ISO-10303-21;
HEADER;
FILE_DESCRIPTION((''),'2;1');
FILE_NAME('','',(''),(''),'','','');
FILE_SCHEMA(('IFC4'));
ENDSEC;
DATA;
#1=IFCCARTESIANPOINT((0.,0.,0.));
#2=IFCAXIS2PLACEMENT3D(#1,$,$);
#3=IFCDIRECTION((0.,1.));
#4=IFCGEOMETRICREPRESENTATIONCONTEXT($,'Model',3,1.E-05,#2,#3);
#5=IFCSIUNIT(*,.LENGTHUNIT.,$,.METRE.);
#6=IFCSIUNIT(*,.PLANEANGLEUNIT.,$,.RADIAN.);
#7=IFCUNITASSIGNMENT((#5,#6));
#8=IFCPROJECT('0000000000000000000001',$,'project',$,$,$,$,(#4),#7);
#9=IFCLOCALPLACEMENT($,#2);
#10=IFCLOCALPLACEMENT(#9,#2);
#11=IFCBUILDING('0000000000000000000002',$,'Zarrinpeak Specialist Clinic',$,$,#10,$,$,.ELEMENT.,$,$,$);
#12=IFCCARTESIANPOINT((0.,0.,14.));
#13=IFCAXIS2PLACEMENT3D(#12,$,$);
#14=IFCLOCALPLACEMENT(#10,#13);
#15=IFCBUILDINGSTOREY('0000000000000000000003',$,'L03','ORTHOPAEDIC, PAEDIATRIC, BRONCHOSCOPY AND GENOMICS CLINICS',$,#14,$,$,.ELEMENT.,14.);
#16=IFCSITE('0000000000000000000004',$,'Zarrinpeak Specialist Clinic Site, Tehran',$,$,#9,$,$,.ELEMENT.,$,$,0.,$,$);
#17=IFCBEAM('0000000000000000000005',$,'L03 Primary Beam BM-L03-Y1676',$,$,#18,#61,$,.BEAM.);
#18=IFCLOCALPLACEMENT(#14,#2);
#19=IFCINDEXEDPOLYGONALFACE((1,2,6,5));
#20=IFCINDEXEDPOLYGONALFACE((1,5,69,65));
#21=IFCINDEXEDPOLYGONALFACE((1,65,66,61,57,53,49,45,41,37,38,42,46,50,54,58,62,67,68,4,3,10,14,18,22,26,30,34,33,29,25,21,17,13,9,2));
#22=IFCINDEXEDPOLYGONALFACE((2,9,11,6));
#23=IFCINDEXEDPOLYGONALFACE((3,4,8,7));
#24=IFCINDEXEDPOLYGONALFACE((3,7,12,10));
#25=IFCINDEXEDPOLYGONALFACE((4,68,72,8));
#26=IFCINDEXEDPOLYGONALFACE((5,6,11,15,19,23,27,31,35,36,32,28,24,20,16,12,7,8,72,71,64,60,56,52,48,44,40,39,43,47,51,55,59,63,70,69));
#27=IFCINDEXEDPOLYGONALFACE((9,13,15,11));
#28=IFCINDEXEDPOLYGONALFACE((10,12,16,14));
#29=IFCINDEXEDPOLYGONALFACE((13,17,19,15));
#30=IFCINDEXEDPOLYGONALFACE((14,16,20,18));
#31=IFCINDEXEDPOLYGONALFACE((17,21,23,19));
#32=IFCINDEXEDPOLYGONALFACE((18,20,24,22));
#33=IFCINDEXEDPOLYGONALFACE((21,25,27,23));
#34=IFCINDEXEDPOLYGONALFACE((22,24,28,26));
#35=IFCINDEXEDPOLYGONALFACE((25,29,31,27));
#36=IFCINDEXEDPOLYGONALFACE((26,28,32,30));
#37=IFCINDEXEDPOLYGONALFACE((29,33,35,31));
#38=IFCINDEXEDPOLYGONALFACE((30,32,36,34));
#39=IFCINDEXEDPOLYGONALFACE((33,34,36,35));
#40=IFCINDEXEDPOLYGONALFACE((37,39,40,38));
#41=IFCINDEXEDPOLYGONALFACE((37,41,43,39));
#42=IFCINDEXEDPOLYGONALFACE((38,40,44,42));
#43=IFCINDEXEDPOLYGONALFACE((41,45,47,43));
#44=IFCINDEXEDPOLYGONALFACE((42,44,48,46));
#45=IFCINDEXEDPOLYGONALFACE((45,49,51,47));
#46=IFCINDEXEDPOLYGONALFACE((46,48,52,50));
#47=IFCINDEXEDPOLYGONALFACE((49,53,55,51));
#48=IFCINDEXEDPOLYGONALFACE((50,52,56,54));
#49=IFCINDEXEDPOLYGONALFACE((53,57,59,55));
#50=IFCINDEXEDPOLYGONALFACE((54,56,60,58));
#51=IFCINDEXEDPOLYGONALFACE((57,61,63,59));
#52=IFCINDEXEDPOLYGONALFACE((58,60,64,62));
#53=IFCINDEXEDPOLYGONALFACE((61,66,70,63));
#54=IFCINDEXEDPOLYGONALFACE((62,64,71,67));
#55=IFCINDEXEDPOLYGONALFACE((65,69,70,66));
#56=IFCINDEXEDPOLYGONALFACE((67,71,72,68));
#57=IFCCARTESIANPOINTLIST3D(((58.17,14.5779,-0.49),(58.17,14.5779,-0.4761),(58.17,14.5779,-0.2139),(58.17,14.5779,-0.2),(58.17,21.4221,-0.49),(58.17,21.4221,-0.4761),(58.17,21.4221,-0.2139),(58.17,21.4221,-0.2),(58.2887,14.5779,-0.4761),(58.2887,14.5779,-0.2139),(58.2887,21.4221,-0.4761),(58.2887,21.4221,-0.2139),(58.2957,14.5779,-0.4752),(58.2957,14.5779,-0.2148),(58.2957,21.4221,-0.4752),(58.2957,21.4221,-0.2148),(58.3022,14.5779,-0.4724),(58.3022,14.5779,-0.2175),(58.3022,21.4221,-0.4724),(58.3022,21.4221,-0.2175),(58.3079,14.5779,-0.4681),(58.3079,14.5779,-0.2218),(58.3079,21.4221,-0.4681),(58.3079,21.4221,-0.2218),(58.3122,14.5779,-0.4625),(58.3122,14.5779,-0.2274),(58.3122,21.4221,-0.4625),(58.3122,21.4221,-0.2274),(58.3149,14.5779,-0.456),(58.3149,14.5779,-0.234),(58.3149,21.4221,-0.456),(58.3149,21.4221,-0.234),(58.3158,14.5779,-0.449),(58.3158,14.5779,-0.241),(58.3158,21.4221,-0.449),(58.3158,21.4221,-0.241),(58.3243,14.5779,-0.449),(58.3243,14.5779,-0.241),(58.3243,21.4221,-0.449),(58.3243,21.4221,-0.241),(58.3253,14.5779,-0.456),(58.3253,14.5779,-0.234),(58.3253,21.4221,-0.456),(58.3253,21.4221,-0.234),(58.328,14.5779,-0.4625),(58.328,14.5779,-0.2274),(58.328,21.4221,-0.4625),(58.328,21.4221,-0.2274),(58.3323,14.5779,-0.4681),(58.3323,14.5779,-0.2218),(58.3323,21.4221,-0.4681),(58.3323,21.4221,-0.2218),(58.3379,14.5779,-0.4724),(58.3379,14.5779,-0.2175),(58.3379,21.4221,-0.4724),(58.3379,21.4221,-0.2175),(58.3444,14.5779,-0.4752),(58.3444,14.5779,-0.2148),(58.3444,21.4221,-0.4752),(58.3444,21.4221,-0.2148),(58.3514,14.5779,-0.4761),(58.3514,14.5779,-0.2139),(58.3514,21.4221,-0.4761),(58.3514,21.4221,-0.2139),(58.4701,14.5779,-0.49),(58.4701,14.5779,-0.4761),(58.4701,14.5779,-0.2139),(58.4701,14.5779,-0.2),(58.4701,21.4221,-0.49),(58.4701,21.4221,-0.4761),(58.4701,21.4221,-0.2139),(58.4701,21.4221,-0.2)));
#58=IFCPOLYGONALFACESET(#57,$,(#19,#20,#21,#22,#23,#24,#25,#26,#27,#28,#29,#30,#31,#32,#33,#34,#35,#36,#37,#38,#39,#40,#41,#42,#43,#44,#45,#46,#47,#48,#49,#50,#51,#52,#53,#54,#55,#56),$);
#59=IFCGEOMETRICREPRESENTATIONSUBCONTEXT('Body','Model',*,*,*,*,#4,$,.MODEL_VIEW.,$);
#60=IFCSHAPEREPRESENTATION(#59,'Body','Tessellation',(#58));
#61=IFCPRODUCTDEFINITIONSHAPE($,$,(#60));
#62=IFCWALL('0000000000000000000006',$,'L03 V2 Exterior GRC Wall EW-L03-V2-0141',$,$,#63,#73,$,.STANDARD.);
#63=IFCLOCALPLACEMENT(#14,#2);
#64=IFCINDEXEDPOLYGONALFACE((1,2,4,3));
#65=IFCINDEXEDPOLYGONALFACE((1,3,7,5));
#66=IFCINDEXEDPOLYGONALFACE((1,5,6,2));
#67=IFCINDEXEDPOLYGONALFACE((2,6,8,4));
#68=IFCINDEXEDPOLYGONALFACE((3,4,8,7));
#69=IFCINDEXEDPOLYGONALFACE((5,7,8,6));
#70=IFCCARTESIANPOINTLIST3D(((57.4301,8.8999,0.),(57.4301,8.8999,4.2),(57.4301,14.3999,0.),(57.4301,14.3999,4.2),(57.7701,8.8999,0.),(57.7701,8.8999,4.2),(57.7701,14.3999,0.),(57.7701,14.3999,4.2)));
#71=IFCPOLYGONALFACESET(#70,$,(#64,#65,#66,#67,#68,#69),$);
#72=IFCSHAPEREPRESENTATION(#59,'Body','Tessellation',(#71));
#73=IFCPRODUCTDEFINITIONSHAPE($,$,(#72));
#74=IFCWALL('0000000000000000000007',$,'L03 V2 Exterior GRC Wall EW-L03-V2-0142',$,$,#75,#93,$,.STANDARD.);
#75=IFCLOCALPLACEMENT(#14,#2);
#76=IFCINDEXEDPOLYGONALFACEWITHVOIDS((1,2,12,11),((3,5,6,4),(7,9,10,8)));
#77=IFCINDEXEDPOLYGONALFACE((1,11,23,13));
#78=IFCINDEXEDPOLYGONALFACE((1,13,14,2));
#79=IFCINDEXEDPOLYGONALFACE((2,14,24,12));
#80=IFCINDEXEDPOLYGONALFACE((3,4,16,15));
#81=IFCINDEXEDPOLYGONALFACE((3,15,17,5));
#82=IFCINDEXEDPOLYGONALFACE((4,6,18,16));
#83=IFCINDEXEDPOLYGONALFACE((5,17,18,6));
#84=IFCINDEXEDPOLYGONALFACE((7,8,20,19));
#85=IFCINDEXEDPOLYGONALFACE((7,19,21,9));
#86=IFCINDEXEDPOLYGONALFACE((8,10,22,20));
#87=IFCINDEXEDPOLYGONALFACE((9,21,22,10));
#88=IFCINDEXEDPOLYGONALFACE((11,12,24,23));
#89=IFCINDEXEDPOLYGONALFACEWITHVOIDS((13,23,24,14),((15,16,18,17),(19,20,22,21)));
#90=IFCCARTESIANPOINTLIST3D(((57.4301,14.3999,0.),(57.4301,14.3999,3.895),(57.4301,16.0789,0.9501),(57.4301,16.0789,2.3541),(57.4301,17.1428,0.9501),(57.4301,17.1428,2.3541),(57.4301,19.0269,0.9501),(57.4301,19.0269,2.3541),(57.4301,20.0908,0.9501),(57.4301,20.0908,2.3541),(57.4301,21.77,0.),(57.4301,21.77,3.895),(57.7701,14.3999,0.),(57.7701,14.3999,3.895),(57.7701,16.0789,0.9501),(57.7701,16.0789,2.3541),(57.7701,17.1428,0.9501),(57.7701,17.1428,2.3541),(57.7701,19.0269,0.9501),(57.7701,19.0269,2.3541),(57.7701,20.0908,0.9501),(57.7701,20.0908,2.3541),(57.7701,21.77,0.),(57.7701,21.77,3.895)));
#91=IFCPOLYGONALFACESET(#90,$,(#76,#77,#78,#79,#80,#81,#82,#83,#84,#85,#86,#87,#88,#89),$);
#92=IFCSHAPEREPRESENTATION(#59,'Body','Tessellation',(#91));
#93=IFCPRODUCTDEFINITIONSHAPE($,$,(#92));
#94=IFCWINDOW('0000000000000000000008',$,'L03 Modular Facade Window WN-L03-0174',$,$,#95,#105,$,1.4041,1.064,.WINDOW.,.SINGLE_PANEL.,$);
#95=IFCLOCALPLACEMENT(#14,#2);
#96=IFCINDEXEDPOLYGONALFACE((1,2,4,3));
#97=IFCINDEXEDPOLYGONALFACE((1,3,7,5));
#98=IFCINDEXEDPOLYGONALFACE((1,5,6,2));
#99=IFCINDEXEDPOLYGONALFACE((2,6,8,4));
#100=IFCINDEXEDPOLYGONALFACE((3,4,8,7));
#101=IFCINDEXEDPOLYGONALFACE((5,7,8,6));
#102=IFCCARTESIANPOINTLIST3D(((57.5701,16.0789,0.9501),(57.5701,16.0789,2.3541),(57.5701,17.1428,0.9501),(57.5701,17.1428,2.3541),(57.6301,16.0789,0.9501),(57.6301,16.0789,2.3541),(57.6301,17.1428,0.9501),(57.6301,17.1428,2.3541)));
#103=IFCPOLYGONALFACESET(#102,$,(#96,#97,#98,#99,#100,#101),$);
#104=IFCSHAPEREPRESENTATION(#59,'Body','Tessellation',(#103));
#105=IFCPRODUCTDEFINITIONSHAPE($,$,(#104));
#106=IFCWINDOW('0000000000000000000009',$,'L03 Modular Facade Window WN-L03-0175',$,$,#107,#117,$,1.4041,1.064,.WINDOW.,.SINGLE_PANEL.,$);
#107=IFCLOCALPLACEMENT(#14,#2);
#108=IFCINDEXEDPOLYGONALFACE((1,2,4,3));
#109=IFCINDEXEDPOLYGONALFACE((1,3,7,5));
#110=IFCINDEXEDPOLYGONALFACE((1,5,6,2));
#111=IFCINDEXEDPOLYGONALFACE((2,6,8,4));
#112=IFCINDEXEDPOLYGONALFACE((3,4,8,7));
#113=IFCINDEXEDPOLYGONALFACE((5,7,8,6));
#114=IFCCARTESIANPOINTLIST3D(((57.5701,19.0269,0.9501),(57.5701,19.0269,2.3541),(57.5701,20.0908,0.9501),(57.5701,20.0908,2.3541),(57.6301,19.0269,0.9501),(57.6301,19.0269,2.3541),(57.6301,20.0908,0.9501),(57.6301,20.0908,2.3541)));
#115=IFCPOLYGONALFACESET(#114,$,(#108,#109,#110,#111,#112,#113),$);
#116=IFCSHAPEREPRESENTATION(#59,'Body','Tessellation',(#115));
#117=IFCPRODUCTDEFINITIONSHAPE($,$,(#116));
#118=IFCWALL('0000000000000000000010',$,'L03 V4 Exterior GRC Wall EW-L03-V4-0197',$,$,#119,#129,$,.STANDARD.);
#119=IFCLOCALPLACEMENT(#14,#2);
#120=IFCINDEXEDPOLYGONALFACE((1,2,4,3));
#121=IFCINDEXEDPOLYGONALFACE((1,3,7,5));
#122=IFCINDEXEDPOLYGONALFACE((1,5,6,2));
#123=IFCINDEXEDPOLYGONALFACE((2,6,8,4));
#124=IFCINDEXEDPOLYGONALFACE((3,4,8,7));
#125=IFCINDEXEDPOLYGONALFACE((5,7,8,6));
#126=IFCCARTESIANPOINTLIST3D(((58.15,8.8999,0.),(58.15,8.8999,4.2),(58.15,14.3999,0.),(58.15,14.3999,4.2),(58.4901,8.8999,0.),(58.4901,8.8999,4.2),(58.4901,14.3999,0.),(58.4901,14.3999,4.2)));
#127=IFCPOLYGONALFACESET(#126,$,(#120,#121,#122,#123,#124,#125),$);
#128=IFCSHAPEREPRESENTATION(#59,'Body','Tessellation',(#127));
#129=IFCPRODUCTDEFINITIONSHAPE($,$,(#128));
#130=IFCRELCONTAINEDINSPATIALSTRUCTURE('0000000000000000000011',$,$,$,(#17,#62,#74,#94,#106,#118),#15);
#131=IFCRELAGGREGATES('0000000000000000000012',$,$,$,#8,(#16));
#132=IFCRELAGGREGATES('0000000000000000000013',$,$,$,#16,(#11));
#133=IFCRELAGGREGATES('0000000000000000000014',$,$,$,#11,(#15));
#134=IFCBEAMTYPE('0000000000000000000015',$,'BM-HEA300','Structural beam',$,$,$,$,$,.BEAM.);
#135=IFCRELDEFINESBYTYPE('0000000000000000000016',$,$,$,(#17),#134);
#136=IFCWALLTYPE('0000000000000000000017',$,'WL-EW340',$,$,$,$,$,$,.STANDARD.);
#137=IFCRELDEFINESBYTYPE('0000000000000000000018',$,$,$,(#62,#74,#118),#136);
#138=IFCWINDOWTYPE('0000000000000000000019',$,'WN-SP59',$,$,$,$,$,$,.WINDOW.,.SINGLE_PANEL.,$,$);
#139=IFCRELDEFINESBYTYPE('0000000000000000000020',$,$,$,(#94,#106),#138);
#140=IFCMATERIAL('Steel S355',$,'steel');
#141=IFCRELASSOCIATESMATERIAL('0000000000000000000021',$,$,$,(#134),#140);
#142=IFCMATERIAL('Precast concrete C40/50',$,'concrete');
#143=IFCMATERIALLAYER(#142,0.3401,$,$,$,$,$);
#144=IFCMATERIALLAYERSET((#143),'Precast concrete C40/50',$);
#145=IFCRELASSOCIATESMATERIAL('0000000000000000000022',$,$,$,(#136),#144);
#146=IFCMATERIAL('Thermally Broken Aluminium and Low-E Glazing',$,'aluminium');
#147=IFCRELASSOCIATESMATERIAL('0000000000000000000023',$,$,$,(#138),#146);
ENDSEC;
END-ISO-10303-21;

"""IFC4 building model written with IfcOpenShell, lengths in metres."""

from ifc_helpers import new_model, si_unit, direction, frame, frame_2d, origin, origin_2d, place, context, subcontext, project, spatial, rectangle, i_section, extrude, material, layer, layer_set, material_profile, profile_set, type_object, element, fill, save


model = new_model("IFC4")

# Units and contexts
model_context = context("Model", 3, precision=1e-05, world=origin(), true_north=direction((0.0, 1.0)))
body_context = subcontext(model_context, "Body", "Model", "MODEL_VIEW")
ifc_project = project(units=[si_unit("LENGTHUNIT", "METRE"), si_unit("PLANEANGLEUNIT", "RADIAN")], contexts=[model_context])

# Site, building, storey
site_placement = place(None, origin())
site = spatial("IfcSite", under=ifc_project, at=site_placement, Name="Zarrinpeak Specialist Clinic Site, Tehran", CompositionType="ELEMENT", RefElevation=0.0)
building_placement = place(site_placement, origin())
building = spatial("IfcBuilding", under=site, at=building_placement, Name="Zarrinpeak Specialist Clinic", CompositionType="ELEMENT")
storey_placement = place(building_placement, frame((0.0, 0.0, 14.0)))
storey = spatial("IfcBuildingStorey", under=building, at=storey_placement, Name="L03", Description="ORTHOPAEDIC, PAEDIATRIC, BRONCHOSCOPY AND GENOMICS CLINICS", CompositionType="ELEMENT", Elevation=14.0)

# Shared definitions
ifc_material_1 = material(Name="Steel S355", Category="steel")

# Beam
ifc_material_profile_1 = material_profile(ifc_material_1, i_section(OverallWidth=0.3, OverallDepth=0.29, WebThickness=0.0085, FlangeThickness=0.0139, FilletRadius=0.0271, at=origin_2d()), Name="HEA 300")
ifc_profile_set_1 = profile_set([ifc_material_profile_1], Name="Steel S355")
beam_type = type_object("IfcBeamType", Name="BM-HEA300", Description="Structural beam", PredefinedType="BEAM", material=ifc_profile_set_1)
for number, where, z_axis, x_axis, name in (
    (1, (58.3201, 14.5779, -0.345), (0.0, 1.0, 0.0), (-1.0, 0.0, 0.0), "L03 Primary Beam BM-L03-Y1676"),
):
    element("IfcBeam", number, at=place(storey_placement, frame(where, z_axis=z_axis, x_axis=x_axis)), inside=storey, type_object=beam_type, Name=name, PredefinedType="BEAM", context=body_context, shape_type="SweptSolid", body=[
        extrude(i_section(OverallWidth=0.3, OverallDepth=0.29, WebThickness=0.0085, FlangeThickness=0.0139, FilletRadius=0.0271, at=origin_2d()), origin(), (0.0, 0.0, 1.0), 6.8442),
    ])

# Wall
ifc_material_2 = material(Name="Precast concrete C40/50", Category="concrete")
ifc_layer_1 = layer(ifc_material_2, 0.3401)
ifc_layer_set_1 = layer_set([ifc_layer_1], Name="Precast concrete C40/50")
wall_type_1 = type_object("IfcWallType", Name="WL-EW340", PredefinedType="STANDARD", material=ifc_layer_set_1)
wall_1_placement = place(storey_placement, frame((57.6001, 8.8999, 0.0), z_axis=(0.0, 0.0, 1.0), x_axis=(0.0, 1.0, 0.0)))
element("IfcWall", 2, at=wall_1_placement, inside=storey, type_object=wall_type_1, Name="L03 V2 Exterior GRC Wall EW-L03-V2-0141", PredefinedType="STANDARD", context=body_context, shape_type="SweptSolid", body=[
    extrude(rectangle(XDim=5.5, YDim=0.3401, at=frame_2d((2.75, 0.0))), origin(), (0.0, 0.0, 1.0), 4.2),
])

# Wall, openings, windows
wall_2_placement = place(storey_placement, frame((57.6001, 14.3999, 0.0), z_axis=(0.0, 0.0, 1.0), x_axis=(0.0, 1.0, 0.0)))
wall_2 = element("IfcWall", 3, at=wall_2_placement, inside=storey, type_object=wall_type_1, Name="L03 V2 Exterior GRC Wall EW-L03-V2-0142", PredefinedType="STANDARD", context=body_context, shape_type="SweptSolid", body=[
    extrude(rectangle(XDim=7.3701, YDim=0.3401, at=frame_2d((3.6851, 0.0))), origin(), (0.0, 0.0, 1.0), 3.895),
])
opening_1_placement = place(wall_2_placement, frame((1.679, 0.0, 0.95)))
opening_1 = element("IfcOpeningElement", 4, at=opening_1_placement, cuts=wall_2, PredefinedType="OPENING", context=body_context, shape_type="SweptSolid", body=[
    extrude(rectangle(XDim=1.064, YDim=1.4041, at=frame_2d((0.532, 0.7021))), frame((0.0, 0.1802, 0.0), z_axis=(0.0, -1.0, 0.0), x_axis=(1.0, 0.0, 0.0)), (0.0, 0.0, 1.0), 0.3601),
])
opening_2_placement = place(wall_2_placement, frame((4.627, 0.0, 0.95)))
opening_2 = element("IfcOpeningElement", 5, at=opening_2_placement, cuts=wall_2, PredefinedType="OPENING", context=body_context, shape_type="SweptSolid", body=[
    extrude(rectangle(XDim=1.064, YDim=1.4041, at=frame_2d((0.532, 0.7021))), frame((0.0, 0.1802, 0.0), z_axis=(0.0, -1.0, 0.0), x_axis=(1.0, 0.0, 0.0)), (0.0, 0.0, 1.0), 0.3601),
])
ifc_material_3 = material(Name="Thermally Broken Aluminium and Low-E Glazing", Category="aluminium")
window_type = type_object("IfcWindowType", Name="WN-SP59", PartitioningType="SINGLE_PANEL", PredefinedType="WINDOW", material=ifc_material_3)
window_1_placement = place(opening_1_placement, origin())
window_1 = element("IfcWindow", 6, at=window_1_placement, inside=storey, type_object=window_type, Name="L03 Modular Facade Window WN-L03-0174", OverallHeight=1.4041, OverallWidth=1.064, PartitioningType="SINGLE_PANEL", PredefinedType="WINDOW", context=body_context, shape_type="SweptSolid", body=[
    extrude(rectangle(XDim=1.064, YDim=1.4041, at=frame_2d((0.532, 0.7021))), frame((0.0, 0.03, 0.0), z_axis=(0.0, -1.0, 0.0), x_axis=(1.0, 0.0, 0.0)), (0.0, 0.0, 1.0), 0.0601),
])
fill(opening_1, window_1)
window_2_placement = place(opening_2_placement, origin())
window_2 = element("IfcWindow", 7, at=window_2_placement, inside=storey, type_object=window_type, Name="L03 Modular Facade Window WN-L03-0175", OverallHeight=1.4041, OverallWidth=1.064, PartitioningType="SINGLE_PANEL", PredefinedType="WINDOW", context=body_context, shape_type="SweptSolid", body=[
    extrude(rectangle(XDim=1.064, YDim=1.4041, at=frame_2d((0.532, 0.7021))), frame((0.0, 0.03, 0.0), z_axis=(0.0, -1.0, 0.0), x_axis=(1.0, 0.0, 0.0)), (0.0, 0.0, 1.0), 0.0601),
])
fill(opening_2, window_2)

# Wall
wall_3_placement = place(storey_placement, frame((58.3201, 14.3999, 0.0), z_axis=(0.0, 0.0, 1.0), x_axis=(0.0, -1.0, 0.0)))
element("IfcWall", 8, at=wall_3_placement, inside=storey, type_object=wall_type_1, Name="L03 V4 Exterior GRC Wall EW-L03-V4-0197", PredefinedType="STANDARD", context=body_context, shape_type="SweptSolid", body=[
    extrude(rectangle(XDim=5.5, YDim=0.3401, at=frame_2d((2.75, 0.0))), origin(), (0.0, 0.0, 1.0), 4.2),
])

save(model, "model.ifc")
